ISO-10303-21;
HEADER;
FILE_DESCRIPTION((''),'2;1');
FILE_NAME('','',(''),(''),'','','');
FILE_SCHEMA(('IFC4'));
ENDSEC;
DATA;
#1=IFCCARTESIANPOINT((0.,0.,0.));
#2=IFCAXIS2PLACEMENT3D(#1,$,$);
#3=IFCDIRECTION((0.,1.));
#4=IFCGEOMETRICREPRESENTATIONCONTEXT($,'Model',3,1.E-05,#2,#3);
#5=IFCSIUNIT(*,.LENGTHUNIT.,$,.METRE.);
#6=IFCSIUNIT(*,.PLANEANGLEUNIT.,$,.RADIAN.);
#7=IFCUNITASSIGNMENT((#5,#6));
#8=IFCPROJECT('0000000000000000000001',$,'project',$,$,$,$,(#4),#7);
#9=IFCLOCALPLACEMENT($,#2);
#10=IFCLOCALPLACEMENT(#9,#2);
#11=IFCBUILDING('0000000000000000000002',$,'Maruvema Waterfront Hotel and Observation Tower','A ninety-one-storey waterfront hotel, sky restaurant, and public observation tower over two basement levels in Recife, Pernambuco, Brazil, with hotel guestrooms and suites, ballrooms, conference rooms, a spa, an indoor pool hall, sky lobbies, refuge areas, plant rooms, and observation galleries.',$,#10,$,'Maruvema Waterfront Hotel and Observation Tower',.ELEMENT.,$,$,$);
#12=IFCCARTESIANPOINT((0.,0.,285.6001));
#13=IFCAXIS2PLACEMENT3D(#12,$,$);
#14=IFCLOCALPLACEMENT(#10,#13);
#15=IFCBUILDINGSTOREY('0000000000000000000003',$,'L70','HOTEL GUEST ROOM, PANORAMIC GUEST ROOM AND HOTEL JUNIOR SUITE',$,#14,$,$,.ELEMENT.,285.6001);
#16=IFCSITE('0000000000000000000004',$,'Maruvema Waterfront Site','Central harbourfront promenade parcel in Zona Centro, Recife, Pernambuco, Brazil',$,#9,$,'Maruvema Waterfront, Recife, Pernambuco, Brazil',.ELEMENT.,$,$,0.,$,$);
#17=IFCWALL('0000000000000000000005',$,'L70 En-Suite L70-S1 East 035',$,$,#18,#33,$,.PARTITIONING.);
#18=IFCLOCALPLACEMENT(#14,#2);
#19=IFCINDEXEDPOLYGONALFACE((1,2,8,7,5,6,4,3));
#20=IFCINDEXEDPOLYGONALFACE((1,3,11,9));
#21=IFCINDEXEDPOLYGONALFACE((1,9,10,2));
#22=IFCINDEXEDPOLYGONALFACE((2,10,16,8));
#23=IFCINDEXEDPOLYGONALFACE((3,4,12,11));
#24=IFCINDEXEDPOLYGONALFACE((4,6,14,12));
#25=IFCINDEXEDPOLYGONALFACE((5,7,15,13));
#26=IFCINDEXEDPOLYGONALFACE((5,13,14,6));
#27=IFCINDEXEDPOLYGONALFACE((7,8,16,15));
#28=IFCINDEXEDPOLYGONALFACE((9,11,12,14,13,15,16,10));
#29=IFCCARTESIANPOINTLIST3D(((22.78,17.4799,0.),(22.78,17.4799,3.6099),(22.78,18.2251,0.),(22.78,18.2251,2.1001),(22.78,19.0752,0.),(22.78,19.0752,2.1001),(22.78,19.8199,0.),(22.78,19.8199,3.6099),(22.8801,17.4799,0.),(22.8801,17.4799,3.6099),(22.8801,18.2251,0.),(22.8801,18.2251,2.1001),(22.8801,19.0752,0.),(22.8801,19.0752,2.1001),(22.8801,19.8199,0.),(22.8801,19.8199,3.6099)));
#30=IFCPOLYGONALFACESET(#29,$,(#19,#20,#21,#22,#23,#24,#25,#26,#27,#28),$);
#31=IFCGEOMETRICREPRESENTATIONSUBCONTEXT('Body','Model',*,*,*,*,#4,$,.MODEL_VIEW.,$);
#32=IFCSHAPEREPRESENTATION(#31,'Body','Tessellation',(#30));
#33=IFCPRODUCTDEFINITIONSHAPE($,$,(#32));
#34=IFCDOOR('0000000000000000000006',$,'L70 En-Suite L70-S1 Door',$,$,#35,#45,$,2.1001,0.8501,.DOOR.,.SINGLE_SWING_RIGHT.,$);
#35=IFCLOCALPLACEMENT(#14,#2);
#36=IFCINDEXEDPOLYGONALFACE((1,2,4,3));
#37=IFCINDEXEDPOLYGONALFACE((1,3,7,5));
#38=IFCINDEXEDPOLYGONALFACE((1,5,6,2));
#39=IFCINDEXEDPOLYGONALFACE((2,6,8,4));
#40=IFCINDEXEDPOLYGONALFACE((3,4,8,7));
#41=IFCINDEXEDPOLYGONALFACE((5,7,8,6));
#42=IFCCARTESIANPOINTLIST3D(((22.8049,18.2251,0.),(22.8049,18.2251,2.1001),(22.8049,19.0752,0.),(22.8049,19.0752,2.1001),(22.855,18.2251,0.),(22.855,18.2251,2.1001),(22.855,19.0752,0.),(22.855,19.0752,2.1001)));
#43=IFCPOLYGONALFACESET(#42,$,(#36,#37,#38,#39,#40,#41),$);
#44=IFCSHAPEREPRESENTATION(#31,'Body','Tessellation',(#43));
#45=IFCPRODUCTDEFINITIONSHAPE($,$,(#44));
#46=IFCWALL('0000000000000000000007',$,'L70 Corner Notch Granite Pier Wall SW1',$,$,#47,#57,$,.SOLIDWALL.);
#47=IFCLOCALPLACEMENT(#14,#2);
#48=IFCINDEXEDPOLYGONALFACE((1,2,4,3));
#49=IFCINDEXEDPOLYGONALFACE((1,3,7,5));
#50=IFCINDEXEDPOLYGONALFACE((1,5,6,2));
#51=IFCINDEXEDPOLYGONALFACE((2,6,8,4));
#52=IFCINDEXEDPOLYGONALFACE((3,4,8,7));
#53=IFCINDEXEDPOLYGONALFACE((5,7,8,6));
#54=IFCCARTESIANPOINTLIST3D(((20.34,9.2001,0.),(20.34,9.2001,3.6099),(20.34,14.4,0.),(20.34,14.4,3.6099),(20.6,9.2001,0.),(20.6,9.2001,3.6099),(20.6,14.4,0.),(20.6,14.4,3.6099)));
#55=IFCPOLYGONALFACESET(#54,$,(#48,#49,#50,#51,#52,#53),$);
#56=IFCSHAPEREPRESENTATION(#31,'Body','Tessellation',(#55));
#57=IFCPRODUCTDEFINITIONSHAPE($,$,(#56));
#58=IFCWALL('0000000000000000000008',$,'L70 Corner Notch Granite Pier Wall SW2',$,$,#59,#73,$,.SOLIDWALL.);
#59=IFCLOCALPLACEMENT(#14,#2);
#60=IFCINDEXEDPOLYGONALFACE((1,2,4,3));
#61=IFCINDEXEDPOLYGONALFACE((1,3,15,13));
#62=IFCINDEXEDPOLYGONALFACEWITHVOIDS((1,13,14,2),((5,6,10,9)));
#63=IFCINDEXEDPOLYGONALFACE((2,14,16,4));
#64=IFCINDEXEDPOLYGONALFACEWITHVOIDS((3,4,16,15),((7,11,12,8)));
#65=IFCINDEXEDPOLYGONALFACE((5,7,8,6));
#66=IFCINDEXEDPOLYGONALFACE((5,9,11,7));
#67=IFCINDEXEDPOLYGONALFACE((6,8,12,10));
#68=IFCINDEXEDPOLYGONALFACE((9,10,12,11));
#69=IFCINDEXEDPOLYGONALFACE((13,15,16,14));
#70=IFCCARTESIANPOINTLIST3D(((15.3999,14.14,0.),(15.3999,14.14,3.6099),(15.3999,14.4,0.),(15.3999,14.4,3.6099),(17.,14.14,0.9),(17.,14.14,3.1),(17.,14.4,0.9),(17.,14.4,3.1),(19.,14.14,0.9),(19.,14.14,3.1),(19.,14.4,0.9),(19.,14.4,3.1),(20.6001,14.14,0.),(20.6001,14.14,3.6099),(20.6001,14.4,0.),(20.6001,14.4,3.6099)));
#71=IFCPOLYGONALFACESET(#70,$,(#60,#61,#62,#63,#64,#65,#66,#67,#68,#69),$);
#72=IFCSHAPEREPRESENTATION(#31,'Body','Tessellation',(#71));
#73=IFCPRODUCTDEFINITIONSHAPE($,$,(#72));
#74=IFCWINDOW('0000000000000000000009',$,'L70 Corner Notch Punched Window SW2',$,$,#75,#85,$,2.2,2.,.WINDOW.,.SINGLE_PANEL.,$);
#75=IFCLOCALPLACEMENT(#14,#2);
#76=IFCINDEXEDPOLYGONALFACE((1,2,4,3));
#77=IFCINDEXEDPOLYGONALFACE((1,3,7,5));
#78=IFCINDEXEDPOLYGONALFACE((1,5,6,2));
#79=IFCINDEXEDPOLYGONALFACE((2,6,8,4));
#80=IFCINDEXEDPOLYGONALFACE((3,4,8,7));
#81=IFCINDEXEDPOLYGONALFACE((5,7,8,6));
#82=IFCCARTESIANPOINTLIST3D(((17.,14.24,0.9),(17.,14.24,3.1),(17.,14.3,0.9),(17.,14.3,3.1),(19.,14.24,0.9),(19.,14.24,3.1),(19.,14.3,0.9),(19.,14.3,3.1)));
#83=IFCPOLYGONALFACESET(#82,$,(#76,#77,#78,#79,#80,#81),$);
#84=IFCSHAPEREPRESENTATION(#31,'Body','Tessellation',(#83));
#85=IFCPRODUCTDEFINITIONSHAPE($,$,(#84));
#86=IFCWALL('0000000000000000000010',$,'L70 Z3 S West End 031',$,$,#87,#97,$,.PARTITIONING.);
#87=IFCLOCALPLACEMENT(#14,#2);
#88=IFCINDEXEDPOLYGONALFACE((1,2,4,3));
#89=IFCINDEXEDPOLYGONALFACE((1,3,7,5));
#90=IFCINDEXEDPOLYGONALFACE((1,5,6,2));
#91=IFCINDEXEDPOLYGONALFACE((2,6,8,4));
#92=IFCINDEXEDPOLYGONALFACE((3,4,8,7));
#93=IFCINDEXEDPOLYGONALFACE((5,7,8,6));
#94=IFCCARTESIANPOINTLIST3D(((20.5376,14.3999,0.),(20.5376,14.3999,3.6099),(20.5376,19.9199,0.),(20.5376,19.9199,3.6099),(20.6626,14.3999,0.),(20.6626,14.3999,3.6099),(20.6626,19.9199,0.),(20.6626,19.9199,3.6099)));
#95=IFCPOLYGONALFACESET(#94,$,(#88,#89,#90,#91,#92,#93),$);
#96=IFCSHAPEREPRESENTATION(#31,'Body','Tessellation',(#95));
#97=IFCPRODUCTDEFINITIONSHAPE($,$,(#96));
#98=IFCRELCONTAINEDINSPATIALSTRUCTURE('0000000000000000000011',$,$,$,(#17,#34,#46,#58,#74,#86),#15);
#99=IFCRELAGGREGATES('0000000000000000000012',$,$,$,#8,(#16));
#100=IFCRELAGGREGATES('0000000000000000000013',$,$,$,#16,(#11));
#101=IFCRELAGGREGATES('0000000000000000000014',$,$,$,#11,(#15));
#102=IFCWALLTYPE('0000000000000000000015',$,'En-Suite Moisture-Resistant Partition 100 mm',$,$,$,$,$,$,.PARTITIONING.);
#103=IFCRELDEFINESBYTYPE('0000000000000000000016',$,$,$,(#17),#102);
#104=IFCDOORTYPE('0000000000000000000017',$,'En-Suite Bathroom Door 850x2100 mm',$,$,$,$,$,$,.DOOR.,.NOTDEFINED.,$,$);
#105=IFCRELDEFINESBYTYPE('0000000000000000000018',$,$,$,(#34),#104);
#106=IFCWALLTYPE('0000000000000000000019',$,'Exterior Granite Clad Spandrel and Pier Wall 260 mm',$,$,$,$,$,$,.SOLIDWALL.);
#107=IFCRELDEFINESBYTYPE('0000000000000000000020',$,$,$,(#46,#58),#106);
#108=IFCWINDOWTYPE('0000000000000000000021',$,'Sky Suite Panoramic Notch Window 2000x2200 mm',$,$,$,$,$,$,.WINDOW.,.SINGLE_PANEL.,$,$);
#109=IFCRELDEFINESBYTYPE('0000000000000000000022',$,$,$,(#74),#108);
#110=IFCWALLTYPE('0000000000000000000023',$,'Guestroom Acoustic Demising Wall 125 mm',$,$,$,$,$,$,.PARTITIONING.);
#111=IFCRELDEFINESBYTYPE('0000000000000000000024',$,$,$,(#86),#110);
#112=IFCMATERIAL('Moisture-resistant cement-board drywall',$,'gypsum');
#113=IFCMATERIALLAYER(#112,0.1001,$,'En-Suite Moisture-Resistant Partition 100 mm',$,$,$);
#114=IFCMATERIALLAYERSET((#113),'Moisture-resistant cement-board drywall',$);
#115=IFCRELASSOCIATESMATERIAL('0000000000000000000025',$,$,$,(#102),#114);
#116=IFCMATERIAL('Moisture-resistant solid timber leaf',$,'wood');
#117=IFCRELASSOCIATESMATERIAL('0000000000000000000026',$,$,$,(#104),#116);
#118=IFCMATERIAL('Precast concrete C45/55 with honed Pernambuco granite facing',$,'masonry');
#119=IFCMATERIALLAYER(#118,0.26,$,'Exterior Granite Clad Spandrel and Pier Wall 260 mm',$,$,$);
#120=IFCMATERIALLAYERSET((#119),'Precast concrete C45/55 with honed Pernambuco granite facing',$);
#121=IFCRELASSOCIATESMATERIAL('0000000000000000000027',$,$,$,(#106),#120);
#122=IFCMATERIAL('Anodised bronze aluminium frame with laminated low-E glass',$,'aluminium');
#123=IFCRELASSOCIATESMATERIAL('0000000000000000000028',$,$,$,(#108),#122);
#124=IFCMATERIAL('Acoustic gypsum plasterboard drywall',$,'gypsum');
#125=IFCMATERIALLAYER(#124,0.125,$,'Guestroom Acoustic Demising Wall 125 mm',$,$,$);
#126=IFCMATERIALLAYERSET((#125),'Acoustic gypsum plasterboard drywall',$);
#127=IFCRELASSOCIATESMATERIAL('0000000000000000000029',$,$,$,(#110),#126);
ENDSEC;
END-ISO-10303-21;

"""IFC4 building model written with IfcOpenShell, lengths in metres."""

from ifc_helpers import new_model, si_unit, direction, frame, frame_2d, origin, place, context, subcontext, project, spatial, rectangle, extrude, material, layer, layer_set, type_object, element, fill, save


model = new_model("IFC4")

# Units and contexts
model_context = context("Model", 3, precision=1e-05, world=origin(), true_north=direction((0.0, 1.0)))
body_context = subcontext(model_context, "Body", "Model", "MODEL_VIEW")
ifc_project = project(units=[si_unit("LENGTHUNIT", "METRE"), si_unit("PLANEANGLEUNIT", "RADIAN")], contexts=[model_context])

# Site, building, storey
site_placement = place(None, origin())
site = spatial("IfcSite", under=ifc_project, at=site_placement, Name="Maruvema Waterfront Site", Description="Central harbourfront promenade parcel in Zona Centro, Recife, Pernambuco, Brazil", LongName="Maruvema Waterfront, Recife, Pernambuco, Brazil", CompositionType="ELEMENT", RefElevation=0.0)
building_placement = place(site_placement, origin())
building = spatial("IfcBuilding", under=site, at=building_placement, Name="Maruvema Waterfront Hotel and Observation Tower", Description="A ninety-one-storey waterfront hotel, sky restaurant, and public observation tower over two basement levels in Recife, Pernambuco, Brazil, with hotel guestrooms and suites, ballrooms, conference rooms, a spa, an indoor pool hall, sky lobbies, refuge areas, plant rooms, and observation galleries.", LongName="Maruvema Waterfront Hotel and Observation Tower", CompositionType="ELEMENT")
storey_placement = place(building_placement, frame((0.0, 0.0, 285.6001)))
storey = spatial("IfcBuildingStorey", under=building, at=storey_placement, Name="L70", Description="HOTEL GUEST ROOM, PANORAMIC GUEST ROOM AND HOTEL JUNIOR SUITE", CompositionType="ELEMENT", Elevation=285.6001)

# Shared definitions
ifc_material_1 = material(Name="Moisture-resistant cement-board drywall", Category="gypsum")
ifc_layer_1 = layer(ifc_material_1, 0.1001, Name="En-Suite Moisture-Resistant Partition 100 mm")
ifc_layer_set_1 = layer_set([ifc_layer_1], Name="Moisture-resistant cement-board drywall")
wall_type_1 = type_object("IfcWallType", Name="En-Suite Moisture-Resistant Partition 100 mm", PredefinedType="PARTITIONING", material=ifc_layer_set_1)

# Wall, opening, door
wall_1_placement = place(storey_placement, frame((22.8301, 17.48, 0.0), z_axis=(0.0, 0.0, 1.0), x_axis=(0.0, 1.0, 0.0)))
wall_1 = element("IfcWall", 1, at=wall_1_placement, inside=storey, type_object=wall_type_1, Name="L70 En-Suite L70-S1 East 035", PredefinedType="PARTITIONING", context=body_context, shape_type="SweptSolid", body=[
    extrude(rectangle(XDim=2.3401, YDim=0.1001, at=frame_2d((1.1699, 0.0))), origin(), (0.0, 0.0, 1.0), 3.6099),
])
opening_1_placement = place(wall_1_placement, frame((0.7451, 0.0, 0.0)))
opening_1 = element("IfcOpeningElement", 2, at=opening_1_placement, cuts=wall_1, PredefinedType="OPENING", context=body_context, shape_type="SweptSolid", body=[
    extrude(rectangle(XDim=0.8501, YDim=2.1001, at=frame_2d((0.425, 1.05))), frame((0.0, 0.0601, 0.0), z_axis=(0.0, -1.0, 0.0), x_axis=(1.0, 0.0, 0.0)), (0.0, 0.0, 1.0), 0.1201),
])
ifc_material_2 = material(Name="Moisture-resistant solid timber leaf", Category="wood")
door_type = type_object("IfcDoorType", Name="En-Suite Bathroom Door 850x2100 mm", OperationType="NOTDEFINED", PredefinedType="DOOR", material=ifc_material_2)
door_placement = place(opening_1_placement, frame((0.8501, 0.0, 0.0), z_axis=(0.0, 0.0, 1.0), x_axis=(-1.0, 0.0, 0.0)))
door = element("IfcDoor", 3, at=door_placement, inside=storey, type_object=door_type, Name="L70 En-Suite L70-S1 Door", OperationType="SINGLE_SWING_RIGHT", OverallHeight=2.1001, OverallWidth=0.8501, PredefinedType="DOOR", context=body_context, shape_type="SweptSolid", body=[
    extrude(rectangle(XDim=0.8501, YDim=2.1001, at=frame_2d((0.425, 1.05))), frame((0.0, 0.0249, 0.0), z_axis=(0.0, -1.0, 0.0), x_axis=(1.0, 0.0, 0.0)), (0.0, 0.0, 1.0), 0.05),
])
fill(opening_1, door)

# Wall
ifc_material_3 = material(Name="Precast concrete C45/55 with honed Pernambuco granite facing", Category="masonry")
ifc_layer_2 = layer(ifc_material_3, 0.26, Name="Exterior Granite Clad Spandrel and Pier Wall 260 mm")
ifc_layer_set_2 = layer_set([ifc_layer_2], Name="Precast concrete C45/55 with honed Pernambuco granite facing")
wall_type_2 = type_object("IfcWallType", Name="Exterior Granite Clad Spandrel and Pier Wall 260 mm", PredefinedType="SOLIDWALL", material=ifc_layer_set_2)
wall_2_placement = place(storey_placement, frame((20.47, 9.2, 0.0), z_axis=(0.0, 0.0, 1.0), x_axis=(0.0, 1.0, 0.0)))
element("IfcWall", 4, at=wall_2_placement, inside=storey, type_object=wall_type_2, Name="L70 Corner Notch Granite Pier Wall SW1", PredefinedType="SOLIDWALL", context=body_context, shape_type="SweptSolid", body=[
    extrude(rectangle(XDim=5.2, YDim=0.26, at=frame_2d((2.6001, 0.0))), origin(), (0.0, 0.0, 1.0), 3.6099),
])

# Wall, opening, window
wall_3_placement = place(storey_placement, frame((20.6001, 14.27, 0.0), z_axis=(0.0, 0.0, 1.0), x_axis=(-1.0, 0.0, 0.0)))
wall_3 = element("IfcWall", 5, at=wall_3_placement, inside=storey, type_object=wall_type_2, Name="L70 Corner Notch Granite Pier Wall SW2", PredefinedType="SOLIDWALL", context=body_context, shape_type="SweptSolid", body=[
    extrude(rectangle(XDim=5.2002, YDim=0.26, at=frame_2d((2.6001, 0.0))), origin(), (0.0, 0.0, 1.0), 3.6099),
])
opening_2_placement = place(wall_3_placement, frame((1.6001, 0.0, 0.8999)))
opening_2 = element("IfcOpeningElement", 6, at=opening_2_placement, cuts=wall_3, PredefinedType="OPENING", context=body_context, shape_type="SweptSolid", body=[
    extrude(rectangle(XDim=2.0, YDim=2.2, at=frame_2d((1.0, 1.1001))), frame((0.0, 0.1401, 0.0), z_axis=(0.0, -1.0, 0.0), x_axis=(1.0, 0.0, 0.0)), (0.0, 0.0, 1.0), 0.28),
])
ifc_material_4 = material(Name="Anodised bronze aluminium frame with laminated low-E glass", Category="aluminium")
window_type = type_object("IfcWindowType", Name="Sky Suite Panoramic Notch Window 2000x2200 mm", PartitioningType="SINGLE_PANEL", PredefinedType="WINDOW", material=ifc_material_4)
window_placement = place(opening_2_placement, origin())
window = element("IfcWindow", 7, at=window_placement, inside=storey, type_object=window_type, Name="L70 Corner Notch Punched Window SW2", OverallHeight=2.2, OverallWidth=2.0, PartitioningType="SINGLE_PANEL", PredefinedType="WINDOW", context=body_context, shape_type="SweptSolid", body=[
    extrude(rectangle(XDim=2.0, YDim=2.2, at=frame_2d((1.0, 1.1001))), frame((0.0, 0.03, 0.0), z_axis=(0.0, -1.0, 0.0), x_axis=(1.0, 0.0, 0.0)), (0.0, 0.0, 1.0), 0.0601),
])
fill(opening_2, window)

# Wall
ifc_material_5 = material(Name="Acoustic gypsum plasterboard drywall", Category="gypsum")
ifc_layer_3 = layer(ifc_material_5, 0.125, Name="Guestroom Acoustic Demising Wall 125 mm")
ifc_layer_set_3 = layer_set([ifc_layer_3], Name="Acoustic gypsum plasterboard drywall")
wall_type_3 = type_object("IfcWallType", Name="Guestroom Acoustic Demising Wall 125 mm", PredefinedType="PARTITIONING", material=ifc_layer_set_3)
wall_4_placement = place(storey_placement, frame((20.6001, 14.3999, 0.0), z_axis=(0.0, 0.0, 1.0), x_axis=(0.0, 1.0, 0.0)))
element("IfcWall", 8, at=wall_4_placement, inside=storey, type_object=wall_type_3, Name="L70 Z3 S West End 031", PredefinedType="PARTITIONING", context=body_context, shape_type="SweptSolid", body=[
    extrude(rectangle(XDim=5.52, YDim=0.125, at=frame_2d((2.76, 0.0))), origin(), (0.0, 0.0, 1.0), 3.6099),
])

save(model, "model.ifc")
